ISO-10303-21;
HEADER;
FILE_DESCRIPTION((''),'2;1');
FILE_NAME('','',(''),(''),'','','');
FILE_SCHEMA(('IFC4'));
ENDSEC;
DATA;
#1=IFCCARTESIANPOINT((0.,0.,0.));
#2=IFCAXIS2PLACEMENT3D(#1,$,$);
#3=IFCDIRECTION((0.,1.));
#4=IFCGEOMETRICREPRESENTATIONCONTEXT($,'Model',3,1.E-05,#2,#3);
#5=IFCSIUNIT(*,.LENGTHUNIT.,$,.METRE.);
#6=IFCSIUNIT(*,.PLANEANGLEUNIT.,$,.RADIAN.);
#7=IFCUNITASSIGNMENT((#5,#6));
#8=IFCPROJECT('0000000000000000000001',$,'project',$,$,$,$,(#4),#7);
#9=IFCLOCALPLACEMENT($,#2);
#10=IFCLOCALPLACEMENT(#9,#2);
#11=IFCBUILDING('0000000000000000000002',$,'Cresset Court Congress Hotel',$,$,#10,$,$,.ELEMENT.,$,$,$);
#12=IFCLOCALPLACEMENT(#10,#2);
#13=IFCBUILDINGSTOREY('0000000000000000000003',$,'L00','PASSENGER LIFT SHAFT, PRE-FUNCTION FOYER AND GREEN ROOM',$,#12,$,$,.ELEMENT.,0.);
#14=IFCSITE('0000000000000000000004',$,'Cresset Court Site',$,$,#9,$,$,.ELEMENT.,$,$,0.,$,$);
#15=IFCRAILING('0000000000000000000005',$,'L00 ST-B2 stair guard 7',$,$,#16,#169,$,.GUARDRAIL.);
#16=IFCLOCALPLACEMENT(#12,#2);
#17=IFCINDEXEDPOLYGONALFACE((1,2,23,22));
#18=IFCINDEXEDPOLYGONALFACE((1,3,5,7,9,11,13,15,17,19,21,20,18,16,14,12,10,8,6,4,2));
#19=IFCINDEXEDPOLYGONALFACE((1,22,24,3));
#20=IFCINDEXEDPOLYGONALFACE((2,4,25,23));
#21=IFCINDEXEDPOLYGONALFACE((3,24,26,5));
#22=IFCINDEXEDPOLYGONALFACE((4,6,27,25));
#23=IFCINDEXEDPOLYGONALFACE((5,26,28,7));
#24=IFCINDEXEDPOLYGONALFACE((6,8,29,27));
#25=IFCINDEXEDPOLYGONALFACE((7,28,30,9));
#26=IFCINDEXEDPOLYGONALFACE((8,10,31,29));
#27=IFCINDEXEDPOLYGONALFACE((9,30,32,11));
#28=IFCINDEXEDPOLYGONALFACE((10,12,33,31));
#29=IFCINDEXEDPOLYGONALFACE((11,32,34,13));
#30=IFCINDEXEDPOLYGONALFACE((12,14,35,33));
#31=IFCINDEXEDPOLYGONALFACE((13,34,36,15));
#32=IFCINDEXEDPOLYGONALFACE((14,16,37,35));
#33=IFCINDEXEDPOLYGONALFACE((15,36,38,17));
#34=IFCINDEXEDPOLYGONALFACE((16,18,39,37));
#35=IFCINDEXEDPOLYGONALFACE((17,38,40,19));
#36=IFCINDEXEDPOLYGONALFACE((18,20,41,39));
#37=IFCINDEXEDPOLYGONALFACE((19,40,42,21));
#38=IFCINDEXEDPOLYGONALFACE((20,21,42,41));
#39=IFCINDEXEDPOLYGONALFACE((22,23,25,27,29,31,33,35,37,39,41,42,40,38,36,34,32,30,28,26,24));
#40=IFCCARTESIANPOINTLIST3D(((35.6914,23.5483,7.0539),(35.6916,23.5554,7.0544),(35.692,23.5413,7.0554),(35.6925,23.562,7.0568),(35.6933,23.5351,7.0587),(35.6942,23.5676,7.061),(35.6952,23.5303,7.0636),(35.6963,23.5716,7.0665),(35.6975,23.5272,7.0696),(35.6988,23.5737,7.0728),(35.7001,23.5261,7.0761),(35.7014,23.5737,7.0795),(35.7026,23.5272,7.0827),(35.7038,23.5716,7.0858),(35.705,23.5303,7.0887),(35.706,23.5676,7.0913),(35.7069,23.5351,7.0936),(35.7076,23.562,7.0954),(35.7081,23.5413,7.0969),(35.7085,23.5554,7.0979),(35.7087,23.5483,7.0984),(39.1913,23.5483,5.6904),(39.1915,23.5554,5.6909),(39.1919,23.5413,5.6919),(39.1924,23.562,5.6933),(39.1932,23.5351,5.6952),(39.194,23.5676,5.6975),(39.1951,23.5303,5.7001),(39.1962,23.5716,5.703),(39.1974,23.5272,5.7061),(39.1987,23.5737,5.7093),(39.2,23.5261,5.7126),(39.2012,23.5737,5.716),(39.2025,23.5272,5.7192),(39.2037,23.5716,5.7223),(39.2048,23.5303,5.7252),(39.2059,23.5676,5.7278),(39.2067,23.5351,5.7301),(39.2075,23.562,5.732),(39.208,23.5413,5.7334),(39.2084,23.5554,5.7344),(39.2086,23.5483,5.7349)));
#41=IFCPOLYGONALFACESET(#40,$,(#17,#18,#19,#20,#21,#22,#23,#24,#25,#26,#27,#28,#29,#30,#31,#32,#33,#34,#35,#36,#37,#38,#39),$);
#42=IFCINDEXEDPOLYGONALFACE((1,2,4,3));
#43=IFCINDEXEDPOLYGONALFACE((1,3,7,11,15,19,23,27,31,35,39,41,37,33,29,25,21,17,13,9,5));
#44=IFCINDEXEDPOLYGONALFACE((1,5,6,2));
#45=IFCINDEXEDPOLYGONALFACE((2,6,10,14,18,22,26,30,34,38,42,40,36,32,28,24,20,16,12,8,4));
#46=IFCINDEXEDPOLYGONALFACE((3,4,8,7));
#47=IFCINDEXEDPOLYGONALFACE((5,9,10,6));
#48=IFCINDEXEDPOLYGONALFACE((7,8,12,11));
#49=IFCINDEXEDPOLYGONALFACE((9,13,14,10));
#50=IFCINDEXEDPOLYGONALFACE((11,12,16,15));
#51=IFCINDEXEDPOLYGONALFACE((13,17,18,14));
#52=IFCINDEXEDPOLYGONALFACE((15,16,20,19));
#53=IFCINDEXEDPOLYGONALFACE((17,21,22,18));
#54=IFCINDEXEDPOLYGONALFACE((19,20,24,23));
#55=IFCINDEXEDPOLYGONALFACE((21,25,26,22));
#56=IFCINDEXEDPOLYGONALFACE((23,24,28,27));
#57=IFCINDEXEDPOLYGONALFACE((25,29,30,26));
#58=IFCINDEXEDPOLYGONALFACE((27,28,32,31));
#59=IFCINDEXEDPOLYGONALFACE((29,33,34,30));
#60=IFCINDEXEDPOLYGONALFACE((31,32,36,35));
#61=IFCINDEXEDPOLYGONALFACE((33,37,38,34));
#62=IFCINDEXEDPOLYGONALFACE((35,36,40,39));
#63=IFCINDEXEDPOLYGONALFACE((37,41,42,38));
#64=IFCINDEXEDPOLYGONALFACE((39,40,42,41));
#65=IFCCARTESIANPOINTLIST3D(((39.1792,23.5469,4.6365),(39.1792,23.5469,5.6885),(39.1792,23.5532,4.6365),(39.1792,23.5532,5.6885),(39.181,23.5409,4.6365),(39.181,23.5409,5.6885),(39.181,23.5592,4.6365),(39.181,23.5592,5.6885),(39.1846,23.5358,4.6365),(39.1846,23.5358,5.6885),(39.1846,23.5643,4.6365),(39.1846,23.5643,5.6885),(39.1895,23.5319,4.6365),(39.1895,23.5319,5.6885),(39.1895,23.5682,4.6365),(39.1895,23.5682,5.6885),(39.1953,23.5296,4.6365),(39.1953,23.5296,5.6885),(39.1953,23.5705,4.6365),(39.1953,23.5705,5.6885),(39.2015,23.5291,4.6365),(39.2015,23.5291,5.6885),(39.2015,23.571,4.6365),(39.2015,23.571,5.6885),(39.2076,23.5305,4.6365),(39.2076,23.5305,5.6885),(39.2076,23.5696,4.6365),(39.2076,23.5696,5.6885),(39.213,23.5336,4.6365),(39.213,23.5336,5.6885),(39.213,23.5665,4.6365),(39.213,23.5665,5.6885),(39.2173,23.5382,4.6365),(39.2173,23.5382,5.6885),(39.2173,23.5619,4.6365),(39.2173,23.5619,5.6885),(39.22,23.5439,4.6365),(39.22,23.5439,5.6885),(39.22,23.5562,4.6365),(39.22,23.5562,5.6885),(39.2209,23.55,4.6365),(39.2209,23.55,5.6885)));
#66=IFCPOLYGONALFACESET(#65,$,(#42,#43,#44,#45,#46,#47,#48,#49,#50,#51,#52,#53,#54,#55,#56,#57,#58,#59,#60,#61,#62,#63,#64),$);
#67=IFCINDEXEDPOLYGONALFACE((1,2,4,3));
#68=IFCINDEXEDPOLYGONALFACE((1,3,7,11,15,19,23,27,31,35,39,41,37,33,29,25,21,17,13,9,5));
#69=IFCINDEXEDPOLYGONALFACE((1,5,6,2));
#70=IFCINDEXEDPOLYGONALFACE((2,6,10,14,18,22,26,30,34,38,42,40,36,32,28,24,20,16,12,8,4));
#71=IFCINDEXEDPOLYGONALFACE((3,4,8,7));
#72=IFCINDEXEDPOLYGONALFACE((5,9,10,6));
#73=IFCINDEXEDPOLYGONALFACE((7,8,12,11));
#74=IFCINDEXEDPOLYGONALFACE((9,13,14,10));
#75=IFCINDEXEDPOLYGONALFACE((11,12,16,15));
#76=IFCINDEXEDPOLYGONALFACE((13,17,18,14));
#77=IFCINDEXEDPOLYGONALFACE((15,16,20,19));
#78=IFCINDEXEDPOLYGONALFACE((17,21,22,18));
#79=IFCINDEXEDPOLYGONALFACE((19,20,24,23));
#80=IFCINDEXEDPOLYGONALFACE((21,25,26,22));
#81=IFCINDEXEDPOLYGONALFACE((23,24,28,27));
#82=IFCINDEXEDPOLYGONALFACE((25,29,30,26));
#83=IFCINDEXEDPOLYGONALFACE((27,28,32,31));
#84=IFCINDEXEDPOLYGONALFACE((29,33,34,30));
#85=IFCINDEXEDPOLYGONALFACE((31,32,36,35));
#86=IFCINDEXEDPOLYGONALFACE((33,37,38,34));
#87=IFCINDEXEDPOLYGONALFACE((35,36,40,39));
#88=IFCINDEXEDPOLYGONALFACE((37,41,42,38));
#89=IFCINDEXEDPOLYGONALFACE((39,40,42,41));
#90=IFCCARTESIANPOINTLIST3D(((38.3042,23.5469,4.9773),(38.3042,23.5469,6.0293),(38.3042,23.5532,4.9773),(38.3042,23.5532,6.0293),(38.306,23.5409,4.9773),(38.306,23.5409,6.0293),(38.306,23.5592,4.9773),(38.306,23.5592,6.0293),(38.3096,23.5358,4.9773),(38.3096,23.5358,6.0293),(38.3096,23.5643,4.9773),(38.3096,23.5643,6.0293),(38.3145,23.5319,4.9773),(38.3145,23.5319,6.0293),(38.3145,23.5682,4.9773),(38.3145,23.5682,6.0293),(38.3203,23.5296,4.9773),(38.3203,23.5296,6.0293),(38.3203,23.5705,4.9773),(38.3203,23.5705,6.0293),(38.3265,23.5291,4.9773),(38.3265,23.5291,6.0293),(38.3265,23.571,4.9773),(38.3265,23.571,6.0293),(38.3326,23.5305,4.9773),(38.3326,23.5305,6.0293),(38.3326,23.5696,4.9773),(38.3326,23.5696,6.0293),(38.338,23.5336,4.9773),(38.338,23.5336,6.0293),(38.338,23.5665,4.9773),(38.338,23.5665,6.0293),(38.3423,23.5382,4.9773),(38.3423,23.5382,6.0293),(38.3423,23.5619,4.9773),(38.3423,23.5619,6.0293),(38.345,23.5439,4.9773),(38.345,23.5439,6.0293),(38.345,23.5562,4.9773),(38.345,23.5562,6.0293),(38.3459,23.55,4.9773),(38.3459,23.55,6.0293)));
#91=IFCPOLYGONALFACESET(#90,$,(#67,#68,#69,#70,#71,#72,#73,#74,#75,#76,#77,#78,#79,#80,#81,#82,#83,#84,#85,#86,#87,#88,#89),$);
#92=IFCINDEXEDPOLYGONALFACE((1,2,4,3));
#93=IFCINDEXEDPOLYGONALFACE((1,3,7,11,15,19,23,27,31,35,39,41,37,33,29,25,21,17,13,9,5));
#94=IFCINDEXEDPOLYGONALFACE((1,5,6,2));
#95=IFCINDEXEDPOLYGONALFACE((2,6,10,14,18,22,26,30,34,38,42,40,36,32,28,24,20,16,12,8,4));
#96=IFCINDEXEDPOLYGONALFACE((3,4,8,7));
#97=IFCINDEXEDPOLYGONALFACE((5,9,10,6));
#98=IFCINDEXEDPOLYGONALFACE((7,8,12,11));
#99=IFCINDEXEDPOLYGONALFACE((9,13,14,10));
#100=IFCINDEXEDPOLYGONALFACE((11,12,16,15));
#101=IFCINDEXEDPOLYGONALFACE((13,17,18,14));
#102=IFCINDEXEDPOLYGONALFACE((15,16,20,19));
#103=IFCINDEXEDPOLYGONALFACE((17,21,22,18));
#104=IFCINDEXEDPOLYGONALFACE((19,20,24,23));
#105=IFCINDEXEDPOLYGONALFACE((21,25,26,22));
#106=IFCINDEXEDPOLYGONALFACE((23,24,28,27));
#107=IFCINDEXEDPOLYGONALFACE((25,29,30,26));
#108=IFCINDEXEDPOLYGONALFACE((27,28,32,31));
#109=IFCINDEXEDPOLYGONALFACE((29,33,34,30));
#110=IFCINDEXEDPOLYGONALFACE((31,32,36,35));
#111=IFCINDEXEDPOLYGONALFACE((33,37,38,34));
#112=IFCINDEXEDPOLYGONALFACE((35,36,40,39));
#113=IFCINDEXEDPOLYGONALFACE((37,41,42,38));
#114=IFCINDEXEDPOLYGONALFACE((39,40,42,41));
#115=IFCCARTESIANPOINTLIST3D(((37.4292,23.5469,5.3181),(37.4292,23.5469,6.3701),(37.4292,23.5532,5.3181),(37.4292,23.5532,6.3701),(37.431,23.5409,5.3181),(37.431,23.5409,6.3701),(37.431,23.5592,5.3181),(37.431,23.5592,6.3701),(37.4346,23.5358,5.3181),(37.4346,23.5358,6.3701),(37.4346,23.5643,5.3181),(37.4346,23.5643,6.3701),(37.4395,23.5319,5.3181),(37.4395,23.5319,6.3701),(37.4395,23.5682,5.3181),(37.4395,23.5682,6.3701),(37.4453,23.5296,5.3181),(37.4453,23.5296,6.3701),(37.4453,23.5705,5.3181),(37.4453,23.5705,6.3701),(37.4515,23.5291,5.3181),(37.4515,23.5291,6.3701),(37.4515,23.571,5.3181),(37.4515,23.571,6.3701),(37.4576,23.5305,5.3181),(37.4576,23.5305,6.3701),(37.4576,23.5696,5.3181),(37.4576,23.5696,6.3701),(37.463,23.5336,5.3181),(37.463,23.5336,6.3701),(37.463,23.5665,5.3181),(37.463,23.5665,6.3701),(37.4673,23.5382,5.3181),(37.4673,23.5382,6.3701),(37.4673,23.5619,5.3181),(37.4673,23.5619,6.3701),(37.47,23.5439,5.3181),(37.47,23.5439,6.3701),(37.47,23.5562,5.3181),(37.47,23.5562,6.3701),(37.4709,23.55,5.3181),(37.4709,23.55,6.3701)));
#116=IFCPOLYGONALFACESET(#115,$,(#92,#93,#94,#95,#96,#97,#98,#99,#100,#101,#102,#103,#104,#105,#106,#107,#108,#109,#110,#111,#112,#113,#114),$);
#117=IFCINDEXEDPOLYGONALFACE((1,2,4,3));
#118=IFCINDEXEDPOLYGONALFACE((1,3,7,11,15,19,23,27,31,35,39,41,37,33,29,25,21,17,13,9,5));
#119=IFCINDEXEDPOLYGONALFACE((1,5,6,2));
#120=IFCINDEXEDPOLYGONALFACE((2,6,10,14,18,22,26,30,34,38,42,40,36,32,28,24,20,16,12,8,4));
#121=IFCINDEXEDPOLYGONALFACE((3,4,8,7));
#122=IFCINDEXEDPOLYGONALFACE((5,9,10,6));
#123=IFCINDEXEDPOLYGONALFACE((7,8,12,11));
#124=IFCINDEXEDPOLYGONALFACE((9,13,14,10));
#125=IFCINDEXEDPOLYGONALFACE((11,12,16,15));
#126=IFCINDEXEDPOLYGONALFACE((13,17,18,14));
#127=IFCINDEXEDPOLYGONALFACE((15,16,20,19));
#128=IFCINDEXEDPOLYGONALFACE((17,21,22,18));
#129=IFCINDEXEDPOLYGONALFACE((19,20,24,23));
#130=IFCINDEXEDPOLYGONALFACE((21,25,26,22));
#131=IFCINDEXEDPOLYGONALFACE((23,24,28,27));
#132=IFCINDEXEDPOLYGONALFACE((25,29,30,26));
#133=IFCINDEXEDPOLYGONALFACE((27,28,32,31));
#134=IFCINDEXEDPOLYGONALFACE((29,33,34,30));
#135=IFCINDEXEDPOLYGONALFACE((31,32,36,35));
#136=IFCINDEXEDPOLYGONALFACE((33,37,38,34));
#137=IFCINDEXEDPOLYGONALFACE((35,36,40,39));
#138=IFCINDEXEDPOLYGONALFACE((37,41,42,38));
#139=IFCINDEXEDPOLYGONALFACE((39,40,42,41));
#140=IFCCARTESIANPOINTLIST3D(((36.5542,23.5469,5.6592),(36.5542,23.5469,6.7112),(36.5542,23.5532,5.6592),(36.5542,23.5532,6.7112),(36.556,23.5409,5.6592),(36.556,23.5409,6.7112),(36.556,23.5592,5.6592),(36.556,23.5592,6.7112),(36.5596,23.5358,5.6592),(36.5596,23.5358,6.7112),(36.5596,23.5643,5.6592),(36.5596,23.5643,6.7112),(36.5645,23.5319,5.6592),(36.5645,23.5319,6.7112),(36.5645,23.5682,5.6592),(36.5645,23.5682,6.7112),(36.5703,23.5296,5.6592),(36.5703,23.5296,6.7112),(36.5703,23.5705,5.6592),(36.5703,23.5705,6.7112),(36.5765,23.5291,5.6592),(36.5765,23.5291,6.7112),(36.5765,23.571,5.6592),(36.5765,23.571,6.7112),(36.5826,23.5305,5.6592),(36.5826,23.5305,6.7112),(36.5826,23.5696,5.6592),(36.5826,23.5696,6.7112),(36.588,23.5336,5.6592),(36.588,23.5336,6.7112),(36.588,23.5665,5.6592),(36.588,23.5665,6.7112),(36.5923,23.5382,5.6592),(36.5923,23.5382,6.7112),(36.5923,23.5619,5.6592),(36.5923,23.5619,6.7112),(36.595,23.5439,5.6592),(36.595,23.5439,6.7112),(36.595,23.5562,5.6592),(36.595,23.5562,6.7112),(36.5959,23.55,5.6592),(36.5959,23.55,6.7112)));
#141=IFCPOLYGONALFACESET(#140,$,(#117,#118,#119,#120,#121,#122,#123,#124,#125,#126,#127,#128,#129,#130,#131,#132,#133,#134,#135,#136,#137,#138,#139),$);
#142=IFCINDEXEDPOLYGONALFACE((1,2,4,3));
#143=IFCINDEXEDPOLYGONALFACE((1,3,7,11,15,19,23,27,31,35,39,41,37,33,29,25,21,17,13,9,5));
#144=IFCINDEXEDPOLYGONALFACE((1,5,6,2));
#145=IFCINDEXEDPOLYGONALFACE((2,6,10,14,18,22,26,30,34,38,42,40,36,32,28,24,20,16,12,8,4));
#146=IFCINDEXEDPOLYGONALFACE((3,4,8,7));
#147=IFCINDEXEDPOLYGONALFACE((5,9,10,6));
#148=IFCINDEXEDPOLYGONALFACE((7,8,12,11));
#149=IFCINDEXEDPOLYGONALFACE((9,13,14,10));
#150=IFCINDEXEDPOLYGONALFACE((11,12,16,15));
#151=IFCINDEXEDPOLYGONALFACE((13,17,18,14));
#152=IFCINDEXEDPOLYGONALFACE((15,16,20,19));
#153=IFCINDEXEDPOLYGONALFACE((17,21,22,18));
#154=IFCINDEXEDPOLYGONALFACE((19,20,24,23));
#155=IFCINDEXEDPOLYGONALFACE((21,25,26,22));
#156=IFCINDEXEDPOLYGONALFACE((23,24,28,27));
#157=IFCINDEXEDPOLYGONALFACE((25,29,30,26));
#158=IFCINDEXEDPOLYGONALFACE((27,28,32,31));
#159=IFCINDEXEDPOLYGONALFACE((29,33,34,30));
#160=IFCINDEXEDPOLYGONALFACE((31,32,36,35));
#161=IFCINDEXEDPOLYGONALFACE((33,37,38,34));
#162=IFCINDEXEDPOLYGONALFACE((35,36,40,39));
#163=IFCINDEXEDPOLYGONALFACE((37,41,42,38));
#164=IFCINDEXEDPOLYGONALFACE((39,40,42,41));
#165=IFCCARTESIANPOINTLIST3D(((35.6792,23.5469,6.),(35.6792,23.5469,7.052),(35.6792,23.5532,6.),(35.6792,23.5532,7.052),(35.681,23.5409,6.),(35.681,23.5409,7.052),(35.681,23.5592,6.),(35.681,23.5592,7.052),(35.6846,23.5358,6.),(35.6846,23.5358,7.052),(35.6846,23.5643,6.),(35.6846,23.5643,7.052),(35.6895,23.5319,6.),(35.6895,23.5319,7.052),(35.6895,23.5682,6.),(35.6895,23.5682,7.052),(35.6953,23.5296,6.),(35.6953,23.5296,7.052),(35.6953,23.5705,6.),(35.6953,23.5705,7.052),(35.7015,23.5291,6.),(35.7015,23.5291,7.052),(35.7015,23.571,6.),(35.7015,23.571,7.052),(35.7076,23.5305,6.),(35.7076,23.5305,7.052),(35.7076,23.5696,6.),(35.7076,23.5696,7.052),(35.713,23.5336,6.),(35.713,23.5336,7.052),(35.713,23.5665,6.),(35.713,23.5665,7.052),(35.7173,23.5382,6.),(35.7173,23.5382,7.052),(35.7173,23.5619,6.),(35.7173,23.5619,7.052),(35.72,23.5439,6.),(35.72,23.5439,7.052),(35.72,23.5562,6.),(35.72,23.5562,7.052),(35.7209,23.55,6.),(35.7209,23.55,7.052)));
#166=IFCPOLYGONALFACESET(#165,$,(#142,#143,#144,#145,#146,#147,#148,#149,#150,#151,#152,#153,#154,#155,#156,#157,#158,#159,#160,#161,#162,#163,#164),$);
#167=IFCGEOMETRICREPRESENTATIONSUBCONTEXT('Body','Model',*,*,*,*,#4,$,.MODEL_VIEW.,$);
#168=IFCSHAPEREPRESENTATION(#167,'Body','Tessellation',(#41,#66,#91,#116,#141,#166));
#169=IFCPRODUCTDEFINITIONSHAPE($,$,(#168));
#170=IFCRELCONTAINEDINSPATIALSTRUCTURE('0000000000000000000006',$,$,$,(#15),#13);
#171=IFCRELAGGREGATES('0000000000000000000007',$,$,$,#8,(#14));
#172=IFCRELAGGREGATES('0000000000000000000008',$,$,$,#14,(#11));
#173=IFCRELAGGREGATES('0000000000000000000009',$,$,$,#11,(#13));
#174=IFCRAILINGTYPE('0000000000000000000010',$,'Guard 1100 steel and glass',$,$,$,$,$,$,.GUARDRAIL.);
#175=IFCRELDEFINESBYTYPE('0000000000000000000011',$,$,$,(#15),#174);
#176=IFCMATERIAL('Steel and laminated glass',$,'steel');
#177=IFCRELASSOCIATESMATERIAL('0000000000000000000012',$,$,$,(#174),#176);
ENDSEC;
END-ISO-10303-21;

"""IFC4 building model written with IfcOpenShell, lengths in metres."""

from ifc_helpers import new_model, si_unit, direction, frame, origin, origin_2d, place, context, subcontext, project, spatial, circle, extrude, material, type_object, element, save


model = new_model("IFC4")

# Units and contexts
model_context = context("Model", 3, precision=1e-05, world=origin(), true_north=direction((0.0, 1.0)))
body_context = subcontext(model_context, "Body", "Model", "MODEL_VIEW")
ifc_project = project(units=[si_unit("LENGTHUNIT", "METRE"), si_unit("PLANEANGLEUNIT", "RADIAN")], contexts=[model_context])

# Site, building, storey
site_placement = place(None, origin())
site = spatial("IfcSite", under=ifc_project, at=site_placement, Name="Cresset Court Site", CompositionType="ELEMENT", RefElevation=0.0)
building_placement = place(site_placement, origin())
building = spatial("IfcBuilding", under=site, at=building_placement, Name="Cresset Court Congress Hotel", CompositionType="ELEMENT")
storey_placement = place(building_placement, origin())
storey = spatial("IfcBuildingStorey", under=building, at=storey_placement, Name="L00", Description="PASSENGER LIFT SHAFT, PRE-FUNCTION FOYER AND GREEN ROOM", CompositionType="ELEMENT", Elevation=0.0)

# Railing
ifc_material_1 = material(Name="Steel and laminated glass", Category="steel")
railing_type_1 = type_object("IfcRailingType", Name="Guard 1100 steel and glass", PredefinedType="GUARDRAIL", material=ifc_material_1)
railing_1_placement = place(storey_placement, frame((39.2, 23.55, 4.6365)))
element("IfcRailing", 1, at=railing_1_placement, inside=storey, type_object=railing_type_1, Name="L00 ST-B2 stair guard 7", PredefinedType="GUARDRAIL", context=body_context, shape_type="SweptSolid", body=[
    extrude(circle(Radius=0.0239, at=origin_2d()), frame((0.0, 0.0, 1.0762), z_axis=(-0.931787, 0.0, 0.363005), x_axis=(0.0, -1.0, 0.0)), (0.0, 0.0, 1.0), 3.7561),
    extrude(circle(Radius=0.021, at=origin_2d()), origin(), (0.0, 0.0, 1.0), 1.052),
    extrude(circle(Radius=0.021, at=origin_2d()), frame((-0.875, 0.0, 0.3408)), (0.0, 0.0, 1.0), 1.052),
    extrude(circle(Radius=0.021, at=origin_2d()), frame((-1.75, 0.0, 0.6816)), (0.0, 0.0, 1.0), 1.052),
    extrude(circle(Radius=0.021, at=origin_2d()), frame((-2.625, 0.0, 1.0227)), (0.0, 0.0, 1.0), 1.052),
    extrude(circle(Radius=0.021, at=origin_2d()), frame((-3.5, 0.0, 1.3635)), (0.0, 0.0, 1.0), 1.052),
])

save(model, "model.ifc")
